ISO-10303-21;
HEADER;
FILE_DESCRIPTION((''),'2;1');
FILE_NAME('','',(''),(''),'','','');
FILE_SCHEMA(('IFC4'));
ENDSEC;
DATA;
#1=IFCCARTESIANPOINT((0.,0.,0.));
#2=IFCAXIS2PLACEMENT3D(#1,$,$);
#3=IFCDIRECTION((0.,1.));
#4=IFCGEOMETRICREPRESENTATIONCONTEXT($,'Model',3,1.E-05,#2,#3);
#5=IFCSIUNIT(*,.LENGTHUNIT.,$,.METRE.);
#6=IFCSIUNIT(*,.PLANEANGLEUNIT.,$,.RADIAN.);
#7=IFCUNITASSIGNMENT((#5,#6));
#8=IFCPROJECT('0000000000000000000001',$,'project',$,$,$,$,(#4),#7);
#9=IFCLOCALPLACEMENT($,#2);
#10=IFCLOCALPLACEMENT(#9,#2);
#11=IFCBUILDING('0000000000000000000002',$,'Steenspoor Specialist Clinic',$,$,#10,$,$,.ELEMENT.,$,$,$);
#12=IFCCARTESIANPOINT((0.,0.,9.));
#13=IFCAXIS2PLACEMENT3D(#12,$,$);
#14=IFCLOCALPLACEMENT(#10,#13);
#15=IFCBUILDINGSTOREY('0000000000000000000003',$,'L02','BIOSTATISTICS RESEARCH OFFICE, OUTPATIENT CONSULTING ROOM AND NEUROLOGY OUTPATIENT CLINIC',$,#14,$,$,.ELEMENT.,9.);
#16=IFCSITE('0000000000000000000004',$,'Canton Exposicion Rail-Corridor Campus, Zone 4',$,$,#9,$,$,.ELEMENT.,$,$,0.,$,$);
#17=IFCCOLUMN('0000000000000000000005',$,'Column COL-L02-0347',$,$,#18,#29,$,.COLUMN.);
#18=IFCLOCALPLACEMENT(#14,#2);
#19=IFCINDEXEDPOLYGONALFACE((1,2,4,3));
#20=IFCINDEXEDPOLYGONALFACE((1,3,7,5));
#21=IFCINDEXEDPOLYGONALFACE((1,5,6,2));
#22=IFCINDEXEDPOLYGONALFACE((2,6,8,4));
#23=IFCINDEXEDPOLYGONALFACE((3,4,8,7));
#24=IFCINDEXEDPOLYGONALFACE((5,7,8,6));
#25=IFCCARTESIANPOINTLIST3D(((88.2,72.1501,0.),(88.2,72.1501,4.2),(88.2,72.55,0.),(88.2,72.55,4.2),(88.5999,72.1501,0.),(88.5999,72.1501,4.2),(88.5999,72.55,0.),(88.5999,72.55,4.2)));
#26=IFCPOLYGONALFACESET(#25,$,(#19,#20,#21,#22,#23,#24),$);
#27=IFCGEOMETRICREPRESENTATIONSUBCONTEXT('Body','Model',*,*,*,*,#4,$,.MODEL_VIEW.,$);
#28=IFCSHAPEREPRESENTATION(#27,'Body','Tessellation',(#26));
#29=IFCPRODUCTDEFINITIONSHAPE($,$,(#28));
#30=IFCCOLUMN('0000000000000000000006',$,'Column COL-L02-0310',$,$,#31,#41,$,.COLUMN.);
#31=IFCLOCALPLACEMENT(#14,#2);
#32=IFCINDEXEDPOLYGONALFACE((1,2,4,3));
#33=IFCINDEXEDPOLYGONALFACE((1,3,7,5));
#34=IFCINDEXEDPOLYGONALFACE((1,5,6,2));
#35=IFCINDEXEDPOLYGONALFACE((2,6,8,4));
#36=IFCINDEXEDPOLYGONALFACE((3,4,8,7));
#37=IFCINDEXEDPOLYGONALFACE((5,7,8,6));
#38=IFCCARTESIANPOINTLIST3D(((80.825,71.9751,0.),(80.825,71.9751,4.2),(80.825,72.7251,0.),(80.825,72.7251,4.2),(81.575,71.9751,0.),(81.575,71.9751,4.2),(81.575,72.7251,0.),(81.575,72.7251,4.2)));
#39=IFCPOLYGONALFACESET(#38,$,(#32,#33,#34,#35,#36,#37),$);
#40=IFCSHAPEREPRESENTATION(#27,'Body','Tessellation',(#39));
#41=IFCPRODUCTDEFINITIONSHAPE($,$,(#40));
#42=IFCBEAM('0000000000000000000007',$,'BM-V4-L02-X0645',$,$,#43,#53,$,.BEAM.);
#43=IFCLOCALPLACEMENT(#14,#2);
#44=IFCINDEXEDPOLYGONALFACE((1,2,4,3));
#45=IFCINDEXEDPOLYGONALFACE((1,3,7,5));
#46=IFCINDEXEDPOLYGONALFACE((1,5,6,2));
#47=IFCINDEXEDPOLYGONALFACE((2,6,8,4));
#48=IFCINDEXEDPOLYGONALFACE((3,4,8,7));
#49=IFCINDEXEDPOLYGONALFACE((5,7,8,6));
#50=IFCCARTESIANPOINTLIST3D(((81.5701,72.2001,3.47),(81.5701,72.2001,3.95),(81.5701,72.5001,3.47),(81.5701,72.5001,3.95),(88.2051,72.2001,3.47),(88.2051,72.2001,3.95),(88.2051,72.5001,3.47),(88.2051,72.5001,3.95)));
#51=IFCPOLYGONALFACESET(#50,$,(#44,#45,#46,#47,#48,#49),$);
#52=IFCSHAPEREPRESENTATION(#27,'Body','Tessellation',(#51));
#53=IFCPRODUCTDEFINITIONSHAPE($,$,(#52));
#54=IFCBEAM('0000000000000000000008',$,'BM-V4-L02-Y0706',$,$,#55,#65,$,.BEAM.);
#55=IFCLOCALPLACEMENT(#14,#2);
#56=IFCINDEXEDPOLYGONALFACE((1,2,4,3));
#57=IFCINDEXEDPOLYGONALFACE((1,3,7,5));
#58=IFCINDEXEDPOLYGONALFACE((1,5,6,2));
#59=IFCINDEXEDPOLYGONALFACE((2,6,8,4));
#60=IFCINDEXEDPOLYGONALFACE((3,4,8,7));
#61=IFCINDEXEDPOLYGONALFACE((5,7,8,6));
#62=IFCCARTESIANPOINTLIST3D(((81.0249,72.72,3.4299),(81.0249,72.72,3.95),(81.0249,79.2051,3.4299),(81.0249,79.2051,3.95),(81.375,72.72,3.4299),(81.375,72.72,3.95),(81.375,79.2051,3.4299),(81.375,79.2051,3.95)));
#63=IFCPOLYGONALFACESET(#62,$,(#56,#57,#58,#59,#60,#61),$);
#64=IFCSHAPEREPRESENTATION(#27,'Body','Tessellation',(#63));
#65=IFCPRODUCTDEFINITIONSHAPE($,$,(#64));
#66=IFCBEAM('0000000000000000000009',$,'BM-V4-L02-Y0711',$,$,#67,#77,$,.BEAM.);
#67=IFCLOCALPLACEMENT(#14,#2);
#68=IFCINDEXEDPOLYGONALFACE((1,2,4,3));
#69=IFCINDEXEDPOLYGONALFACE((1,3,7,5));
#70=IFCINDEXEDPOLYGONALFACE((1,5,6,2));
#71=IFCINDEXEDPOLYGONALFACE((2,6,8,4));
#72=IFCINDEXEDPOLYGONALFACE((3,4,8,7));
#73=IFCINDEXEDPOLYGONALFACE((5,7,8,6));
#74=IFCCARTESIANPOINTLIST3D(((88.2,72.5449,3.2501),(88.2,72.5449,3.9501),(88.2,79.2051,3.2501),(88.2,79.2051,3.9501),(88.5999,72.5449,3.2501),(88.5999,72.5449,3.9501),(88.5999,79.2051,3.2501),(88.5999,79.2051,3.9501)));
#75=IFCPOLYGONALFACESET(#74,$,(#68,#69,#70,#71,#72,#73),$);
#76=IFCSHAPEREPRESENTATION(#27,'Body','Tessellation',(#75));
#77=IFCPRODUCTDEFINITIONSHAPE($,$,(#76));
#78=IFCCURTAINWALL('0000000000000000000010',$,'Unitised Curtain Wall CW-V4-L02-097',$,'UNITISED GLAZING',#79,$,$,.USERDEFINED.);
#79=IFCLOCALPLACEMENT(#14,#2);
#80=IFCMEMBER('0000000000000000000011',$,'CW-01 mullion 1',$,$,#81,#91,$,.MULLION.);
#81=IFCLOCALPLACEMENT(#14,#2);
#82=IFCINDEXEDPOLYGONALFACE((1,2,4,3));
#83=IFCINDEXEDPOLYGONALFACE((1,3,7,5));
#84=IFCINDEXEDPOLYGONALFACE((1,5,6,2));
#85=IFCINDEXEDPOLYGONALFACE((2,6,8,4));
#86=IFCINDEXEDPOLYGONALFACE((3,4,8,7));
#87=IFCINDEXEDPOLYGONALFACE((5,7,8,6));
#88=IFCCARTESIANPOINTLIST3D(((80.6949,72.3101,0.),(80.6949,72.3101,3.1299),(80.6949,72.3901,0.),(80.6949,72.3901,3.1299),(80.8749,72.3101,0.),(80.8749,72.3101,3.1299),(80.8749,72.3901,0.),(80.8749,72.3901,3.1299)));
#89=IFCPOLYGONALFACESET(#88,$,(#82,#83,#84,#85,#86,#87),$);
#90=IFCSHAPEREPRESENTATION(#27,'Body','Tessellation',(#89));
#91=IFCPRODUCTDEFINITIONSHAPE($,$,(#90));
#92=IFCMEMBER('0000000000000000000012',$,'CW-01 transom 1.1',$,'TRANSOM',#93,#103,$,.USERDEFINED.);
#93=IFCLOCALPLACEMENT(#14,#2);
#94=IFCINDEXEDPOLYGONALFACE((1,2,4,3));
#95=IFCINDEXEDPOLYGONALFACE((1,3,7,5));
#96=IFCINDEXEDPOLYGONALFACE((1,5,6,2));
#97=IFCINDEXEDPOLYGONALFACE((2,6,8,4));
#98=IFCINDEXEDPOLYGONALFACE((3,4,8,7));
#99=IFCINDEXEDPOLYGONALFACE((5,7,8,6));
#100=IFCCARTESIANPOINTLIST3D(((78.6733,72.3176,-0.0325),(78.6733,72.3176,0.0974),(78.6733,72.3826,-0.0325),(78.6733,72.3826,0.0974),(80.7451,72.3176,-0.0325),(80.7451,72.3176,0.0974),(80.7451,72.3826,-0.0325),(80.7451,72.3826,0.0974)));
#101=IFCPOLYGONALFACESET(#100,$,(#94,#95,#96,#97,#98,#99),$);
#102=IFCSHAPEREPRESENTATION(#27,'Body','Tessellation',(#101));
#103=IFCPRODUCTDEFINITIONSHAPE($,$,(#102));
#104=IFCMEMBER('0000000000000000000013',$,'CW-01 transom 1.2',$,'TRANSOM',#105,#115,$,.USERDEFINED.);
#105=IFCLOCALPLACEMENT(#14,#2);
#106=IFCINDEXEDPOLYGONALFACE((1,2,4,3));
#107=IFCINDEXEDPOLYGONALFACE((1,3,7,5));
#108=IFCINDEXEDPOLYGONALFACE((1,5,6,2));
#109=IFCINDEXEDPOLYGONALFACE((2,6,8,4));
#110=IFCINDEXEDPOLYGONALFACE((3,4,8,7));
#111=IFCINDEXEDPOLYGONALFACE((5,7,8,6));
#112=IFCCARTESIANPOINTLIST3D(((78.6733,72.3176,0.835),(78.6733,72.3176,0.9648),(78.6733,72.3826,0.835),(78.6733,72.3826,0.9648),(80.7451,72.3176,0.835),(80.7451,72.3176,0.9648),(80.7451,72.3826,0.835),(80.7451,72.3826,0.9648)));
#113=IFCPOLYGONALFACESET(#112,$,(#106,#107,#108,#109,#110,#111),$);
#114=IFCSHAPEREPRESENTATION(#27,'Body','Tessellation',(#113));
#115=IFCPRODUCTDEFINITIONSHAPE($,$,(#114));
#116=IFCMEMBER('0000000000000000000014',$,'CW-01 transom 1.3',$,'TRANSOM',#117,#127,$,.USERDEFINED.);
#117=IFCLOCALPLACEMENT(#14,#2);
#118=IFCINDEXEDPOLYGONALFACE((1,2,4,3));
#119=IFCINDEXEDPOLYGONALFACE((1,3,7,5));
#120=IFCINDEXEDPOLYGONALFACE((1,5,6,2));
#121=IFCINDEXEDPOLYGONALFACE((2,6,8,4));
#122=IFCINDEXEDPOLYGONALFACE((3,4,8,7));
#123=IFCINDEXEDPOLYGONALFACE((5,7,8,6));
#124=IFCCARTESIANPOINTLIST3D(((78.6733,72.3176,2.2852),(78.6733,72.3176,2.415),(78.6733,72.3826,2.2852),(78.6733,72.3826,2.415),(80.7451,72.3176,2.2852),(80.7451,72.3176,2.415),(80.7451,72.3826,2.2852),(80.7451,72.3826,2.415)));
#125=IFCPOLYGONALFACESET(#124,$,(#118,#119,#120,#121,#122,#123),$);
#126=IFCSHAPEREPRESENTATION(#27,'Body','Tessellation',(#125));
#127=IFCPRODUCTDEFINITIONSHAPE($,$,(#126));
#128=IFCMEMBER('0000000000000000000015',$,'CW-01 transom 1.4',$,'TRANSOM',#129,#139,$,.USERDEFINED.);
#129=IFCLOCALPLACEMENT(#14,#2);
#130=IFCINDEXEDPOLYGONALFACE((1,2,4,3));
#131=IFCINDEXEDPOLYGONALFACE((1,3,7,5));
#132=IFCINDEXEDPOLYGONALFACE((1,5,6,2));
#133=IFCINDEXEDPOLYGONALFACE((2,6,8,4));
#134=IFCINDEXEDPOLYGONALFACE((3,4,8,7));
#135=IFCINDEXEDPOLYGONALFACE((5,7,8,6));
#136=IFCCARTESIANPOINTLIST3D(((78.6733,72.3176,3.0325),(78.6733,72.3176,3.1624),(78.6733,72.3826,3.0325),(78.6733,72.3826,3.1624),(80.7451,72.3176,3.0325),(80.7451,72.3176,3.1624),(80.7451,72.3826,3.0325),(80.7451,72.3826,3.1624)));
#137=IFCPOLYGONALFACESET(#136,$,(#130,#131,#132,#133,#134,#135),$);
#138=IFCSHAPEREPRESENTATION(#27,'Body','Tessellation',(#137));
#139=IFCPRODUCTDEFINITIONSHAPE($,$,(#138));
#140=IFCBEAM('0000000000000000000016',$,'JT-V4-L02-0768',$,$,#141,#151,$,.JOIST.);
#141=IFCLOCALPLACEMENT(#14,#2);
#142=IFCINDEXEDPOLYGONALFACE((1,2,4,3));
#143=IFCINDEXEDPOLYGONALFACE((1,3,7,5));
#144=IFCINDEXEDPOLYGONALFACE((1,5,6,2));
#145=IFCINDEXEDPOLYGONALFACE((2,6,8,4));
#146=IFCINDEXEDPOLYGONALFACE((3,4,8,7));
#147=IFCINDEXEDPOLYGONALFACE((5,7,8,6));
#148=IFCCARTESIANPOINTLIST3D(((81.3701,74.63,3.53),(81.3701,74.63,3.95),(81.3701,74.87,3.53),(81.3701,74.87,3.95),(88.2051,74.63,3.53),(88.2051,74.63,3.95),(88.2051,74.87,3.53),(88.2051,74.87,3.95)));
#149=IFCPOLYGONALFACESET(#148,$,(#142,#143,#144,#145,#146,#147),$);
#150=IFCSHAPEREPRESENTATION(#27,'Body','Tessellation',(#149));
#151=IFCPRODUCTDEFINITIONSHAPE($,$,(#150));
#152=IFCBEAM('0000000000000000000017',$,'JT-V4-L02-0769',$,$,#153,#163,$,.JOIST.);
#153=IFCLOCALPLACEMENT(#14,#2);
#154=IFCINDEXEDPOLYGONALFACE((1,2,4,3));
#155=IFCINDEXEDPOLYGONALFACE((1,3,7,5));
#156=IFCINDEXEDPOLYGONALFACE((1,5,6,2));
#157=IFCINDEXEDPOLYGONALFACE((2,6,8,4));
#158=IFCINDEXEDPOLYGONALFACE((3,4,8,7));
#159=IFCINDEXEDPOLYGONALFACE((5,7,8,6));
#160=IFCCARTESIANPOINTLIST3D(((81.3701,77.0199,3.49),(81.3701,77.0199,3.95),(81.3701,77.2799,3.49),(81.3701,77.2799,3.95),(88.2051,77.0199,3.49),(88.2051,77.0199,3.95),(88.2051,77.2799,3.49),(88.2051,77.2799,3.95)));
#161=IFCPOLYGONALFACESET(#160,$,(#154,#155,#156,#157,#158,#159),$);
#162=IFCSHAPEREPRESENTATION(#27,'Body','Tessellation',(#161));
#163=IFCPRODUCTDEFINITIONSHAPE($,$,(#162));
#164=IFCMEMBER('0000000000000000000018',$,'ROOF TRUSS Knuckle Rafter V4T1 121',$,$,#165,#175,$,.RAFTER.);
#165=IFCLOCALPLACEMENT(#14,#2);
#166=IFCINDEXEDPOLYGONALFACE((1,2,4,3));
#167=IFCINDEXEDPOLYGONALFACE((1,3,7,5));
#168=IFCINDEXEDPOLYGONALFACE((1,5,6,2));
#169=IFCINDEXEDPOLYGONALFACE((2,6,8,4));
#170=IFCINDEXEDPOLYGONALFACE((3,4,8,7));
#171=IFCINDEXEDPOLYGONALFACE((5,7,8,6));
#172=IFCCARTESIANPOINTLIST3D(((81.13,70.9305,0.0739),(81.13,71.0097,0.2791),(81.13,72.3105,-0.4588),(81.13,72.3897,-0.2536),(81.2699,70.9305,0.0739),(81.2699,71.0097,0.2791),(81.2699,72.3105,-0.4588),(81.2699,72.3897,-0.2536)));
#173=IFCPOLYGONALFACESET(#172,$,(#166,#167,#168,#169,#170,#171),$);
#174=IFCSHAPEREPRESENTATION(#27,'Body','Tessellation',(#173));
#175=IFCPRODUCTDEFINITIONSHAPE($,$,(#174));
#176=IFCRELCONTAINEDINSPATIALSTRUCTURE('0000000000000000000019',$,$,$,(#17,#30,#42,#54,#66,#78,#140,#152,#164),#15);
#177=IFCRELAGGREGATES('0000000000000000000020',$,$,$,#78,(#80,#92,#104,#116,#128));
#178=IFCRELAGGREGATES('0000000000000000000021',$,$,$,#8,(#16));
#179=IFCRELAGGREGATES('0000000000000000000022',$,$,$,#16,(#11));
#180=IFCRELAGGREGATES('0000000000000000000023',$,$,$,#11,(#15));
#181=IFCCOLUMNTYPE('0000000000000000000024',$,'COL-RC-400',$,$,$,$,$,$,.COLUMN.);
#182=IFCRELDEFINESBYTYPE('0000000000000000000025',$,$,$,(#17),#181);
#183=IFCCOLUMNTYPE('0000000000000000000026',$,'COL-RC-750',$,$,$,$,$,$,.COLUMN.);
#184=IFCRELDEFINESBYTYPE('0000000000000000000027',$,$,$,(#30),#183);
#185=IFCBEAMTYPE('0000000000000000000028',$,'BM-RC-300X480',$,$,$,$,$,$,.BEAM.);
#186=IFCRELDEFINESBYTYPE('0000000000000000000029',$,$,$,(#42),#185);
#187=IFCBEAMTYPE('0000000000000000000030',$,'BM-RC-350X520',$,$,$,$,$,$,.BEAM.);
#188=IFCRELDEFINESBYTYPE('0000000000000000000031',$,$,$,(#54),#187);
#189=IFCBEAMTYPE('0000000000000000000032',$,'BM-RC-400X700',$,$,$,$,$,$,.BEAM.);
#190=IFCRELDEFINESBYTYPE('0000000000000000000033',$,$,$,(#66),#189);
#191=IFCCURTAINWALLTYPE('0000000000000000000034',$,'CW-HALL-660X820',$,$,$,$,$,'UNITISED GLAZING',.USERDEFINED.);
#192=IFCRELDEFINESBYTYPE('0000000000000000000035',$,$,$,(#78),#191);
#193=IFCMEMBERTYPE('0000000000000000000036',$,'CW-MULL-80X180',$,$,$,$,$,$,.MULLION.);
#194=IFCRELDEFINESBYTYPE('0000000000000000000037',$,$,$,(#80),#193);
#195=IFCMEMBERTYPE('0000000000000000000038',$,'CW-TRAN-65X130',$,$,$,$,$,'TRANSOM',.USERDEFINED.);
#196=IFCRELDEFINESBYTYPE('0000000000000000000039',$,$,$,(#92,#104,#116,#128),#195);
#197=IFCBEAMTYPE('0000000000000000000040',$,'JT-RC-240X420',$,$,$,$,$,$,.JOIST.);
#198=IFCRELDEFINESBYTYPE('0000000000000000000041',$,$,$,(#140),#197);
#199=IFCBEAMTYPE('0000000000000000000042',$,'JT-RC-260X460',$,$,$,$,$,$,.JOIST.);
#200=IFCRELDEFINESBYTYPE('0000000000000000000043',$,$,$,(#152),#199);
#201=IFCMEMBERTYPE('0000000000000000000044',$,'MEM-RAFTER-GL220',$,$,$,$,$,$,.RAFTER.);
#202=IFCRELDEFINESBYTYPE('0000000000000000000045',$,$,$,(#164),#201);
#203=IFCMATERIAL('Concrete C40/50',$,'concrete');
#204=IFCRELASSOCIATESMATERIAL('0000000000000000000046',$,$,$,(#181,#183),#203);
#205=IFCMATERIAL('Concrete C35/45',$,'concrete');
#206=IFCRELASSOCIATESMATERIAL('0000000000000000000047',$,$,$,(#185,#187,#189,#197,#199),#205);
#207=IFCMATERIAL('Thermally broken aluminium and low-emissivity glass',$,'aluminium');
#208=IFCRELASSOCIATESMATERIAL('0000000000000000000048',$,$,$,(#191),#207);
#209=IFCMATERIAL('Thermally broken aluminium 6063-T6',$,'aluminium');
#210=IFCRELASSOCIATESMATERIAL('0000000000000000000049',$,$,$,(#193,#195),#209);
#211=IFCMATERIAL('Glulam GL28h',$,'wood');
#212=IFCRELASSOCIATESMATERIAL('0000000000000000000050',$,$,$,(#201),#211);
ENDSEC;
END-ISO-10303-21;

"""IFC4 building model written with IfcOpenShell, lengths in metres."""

from ifc_helpers import new_model, si_unit, direction, frame, origin, origin_2d, place, context, subcontext, project, spatial, rectangle, extrude, material, material_profile, profile_set, type_object, element, aggregate, save


model = new_model("IFC4")

# Units and contexts
model_context = context("Model", 3, precision=1e-05, world=origin(), true_north=direction((0.0, 1.0)))
body_context = subcontext(model_context, "Body", "Model", "MODEL_VIEW")
ifc_project = project(units=[si_unit("LENGTHUNIT", "METRE"), si_unit("PLANEANGLEUNIT", "RADIAN")], contexts=[model_context])

# Site, building, storey
site_placement = place(None, origin())
site = spatial("IfcSite", under=ifc_project, at=site_placement, Name="Canton Exposicion Rail-Corridor Campus, Zone 4", CompositionType="ELEMENT", RefElevation=0.0)
building_placement = place(site_placement, origin())
building = spatial("IfcBuilding", under=site, at=building_placement, Name="Steenspoor Specialist Clinic", CompositionType="ELEMENT")
storey_placement = place(building_placement, frame((0.0, 0.0, 9.0)))
storey = spatial("IfcBuildingStorey", under=building, at=storey_placement, Name="L02", Description="BIOSTATISTICS RESEARCH OFFICE, OUTPATIENT CONSULTING ROOM AND NEUROLOGY OUTPATIENT CLINIC", CompositionType="ELEMENT", Elevation=9.0)

# Columns
ifc_material_1 = material(Name="Concrete C40/50", Category="concrete")
ifc_material_profile_1 = material_profile(ifc_material_1, rectangle(XDim=0.3999, YDim=0.3999, at=origin_2d()), Name="RC-COL-400X400")
ifc_profile_set_1 = profile_set([ifc_material_profile_1], Name="Concrete C40/50")
column_type_1 = type_object("IfcColumnType", Name="COL-RC-400", PredefinedType="COLUMN", material=ifc_profile_set_1)
column_1_placement = place(storey_placement, frame((88.3999, 72.3501, 0.0), z_axis=(0.0, 0.0, 1.0), x_axis=(1.0, 0.0, 0.0)))
element("IfcColumn", 1, at=column_1_placement, inside=storey, type_object=column_type_1, Name="Column COL-L02-0347", PredefinedType="COLUMN", context=body_context, shape_type="SweptSolid", body=[
    extrude(rectangle(XDim=0.3999, YDim=0.3999, at=origin_2d()), origin(), (0.0, 0.0, 1.0), 4.2),
])
ifc_material_profile_2 = material_profile(ifc_material_1, rectangle(XDim=0.75, YDim=0.75, at=origin_2d()), Name="RC-COL-750X750")
ifc_profile_set_2 = profile_set([ifc_material_profile_2], Name="Concrete C40/50")
column_type_2 = type_object("IfcColumnType", Name="COL-RC-750", PredefinedType="COLUMN", material=ifc_profile_set_2)
column_2_placement = place(storey_placement, frame((81.2, 72.3501, 0.0), z_axis=(0.0, 0.0, 1.0), x_axis=(1.0, 0.0, 0.0)))
element("IfcColumn", 2, at=column_2_placement, inside=storey, type_object=column_type_2, Name="Column COL-L02-0310", PredefinedType="COLUMN", context=body_context, shape_type="SweptSolid", body=[
    extrude(rectangle(XDim=0.75, YDim=0.75, at=origin_2d()), origin(), (0.0, 0.0, 1.0), 4.2),
])

# Beams
ifc_material_2 = material(Name="Concrete C35/45", Category="concrete")
ifc_material_profile_3 = material_profile(ifc_material_2, rectangle(XDim=0.3, YDim=0.48, at=origin_2d()), Name="RC-BM-300X480")
ifc_profile_set_3 = profile_set([ifc_material_profile_3], Name="Concrete C35/45")
beam_type_1 = type_object("IfcBeamType", Name="BM-RC-300X480", PredefinedType="BEAM", material=ifc_profile_set_3)
beam_1_placement = place(storey_placement, frame((81.5701, 72.3501, 3.71), z_axis=(1.0, 0.0, 0.0), x_axis=(0.0, 1.0, 0.0)))
element("IfcBeam", 3, at=beam_1_placement, inside=storey, type_object=beam_type_1, Name="BM-V4-L02-X0645", PredefinedType="BEAM", context=body_context, shape_type="SweptSolid", body=[
    extrude(rectangle(XDim=0.3, YDim=0.48, at=origin_2d()), origin(), (0.0, 0.0, 1.0), 6.635),
])
ifc_material_profile_4 = material_profile(ifc_material_2, rectangle(XDim=0.3501, YDim=0.52, at=origin_2d()), Name="RC-BM-350X520")
ifc_profile_set_4 = profile_set([ifc_material_profile_4], Name="Concrete C35/45")
beam_type_2 = type_object("IfcBeamType", Name="BM-RC-350X520", PredefinedType="BEAM", material=ifc_profile_set_4)
beam_2_placement = place(storey_placement, frame((81.2, 72.72, 3.6899), z_axis=(0.0, 1.0, 0.0), x_axis=(-1.0, 0.0, 0.0)))
element("IfcBeam", 4, at=beam_2_placement, inside=storey, type_object=beam_type_2, Name="BM-V4-L02-Y0706", PredefinedType="BEAM", context=body_context, shape_type="SweptSolid", body=[
    extrude(rectangle(XDim=0.3501, YDim=0.52, at=origin_2d()), origin(), (0.0, 0.0, 1.0), 6.4851),
])
ifc_material_profile_5 = material_profile(ifc_material_2, rectangle(XDim=0.3999, YDim=0.7, at=origin_2d()), Name="RC-BM-400X700")
ifc_profile_set_5 = profile_set([ifc_material_profile_5], Name="Concrete C35/45")
beam_type_3 = type_object("IfcBeamType", Name="BM-RC-400X700", PredefinedType="BEAM", material=ifc_profile_set_5)
beam_3_placement = place(storey_placement, frame((88.3999, 72.5449, 3.6001), z_axis=(0.0, 1.0, 0.0), x_axis=(-1.0, 0.0, 0.0)))
element("IfcBeam", 5, at=beam_3_placement, inside=storey, type_object=beam_type_3, Name="BM-V4-L02-Y0711", PredefinedType="BEAM", context=body_context, shape_type="SweptSolid", body=[
    extrude(rectangle(XDim=0.3999, YDim=0.7, at=origin_2d()), origin(), (0.0, 0.0, 1.0), 6.6602),
])

# Curtain wall, members
ifc_material_3 = material(Name="Thermally broken aluminium and low-emissivity glass", Category="aluminium")
curtain_wall_type = type_object("IfcCurtainWallType", Name="CW-HALL-660X820", ElementType="UNITISED GLAZING", PredefinedType="USERDEFINED", material=ifc_material_3)
curtain_wall_placement = place(storey_placement, origin())
curtain_wall = element("IfcCurtainWall", 6, at=curtain_wall_placement, inside=storey, type_object=curtain_wall_type, Name="Unitised Curtain Wall CW-V4-L02-097", ObjectType="UNITISED GLAZING", PredefinedType="USERDEFINED")
ifc_material_4 = material(Name="Thermally broken aluminium 6063-T6", Category="aluminium")
ifc_material_profile_6 = material_profile(ifc_material_4, rectangle(XDim=0.0801, YDim=0.1799, at=origin_2d()), Name="CWM-80X180")
ifc_profile_set_6 = profile_set([ifc_material_profile_6], Name="Thermally broken aluminium 6063-T6")
member_type_1 = type_object("IfcMemberType", Name="CW-MULL-80X180", PredefinedType="MULLION", material=ifc_profile_set_6)
member_1_placement = place(storey_placement, frame((80.7849, 72.3501, 0.0), z_axis=(0.0, 0.0, 1.0), x_axis=(0.0, -1.0, 0.0)))
member_1 = element("IfcMember", 7, at=member_1_placement, type_object=member_type_1, Name="CW-01 mullion 1", PredefinedType="MULLION", context=body_context, shape_type="SweptSolid", body=[
    extrude(rectangle(XDim=0.0801, YDim=0.1799, at=origin_2d()), origin(), (0.0, 0.0, 1.0), 3.1299),
])
ifc_material_profile_7 = material_profile(ifc_material_4, rectangle(XDim=0.0649, YDim=0.1299, at=origin_2d()), Name="CWT-65X130")
ifc_profile_set_7 = profile_set([ifc_material_profile_7], Name="Thermally broken aluminium 6063-T6")
member_type_2 = type_object("IfcMemberType", Name="CW-TRAN-65X130", ElementType="TRANSOM", PredefinedType="USERDEFINED", material=ifc_profile_set_7)
member_2_placement = place(storey_placement, frame((80.7451, 72.3501, 0.0325), z_axis=(-1.0, 0.0, 0.0), x_axis=(0.0, -1.0, 0.0)))
member_2 = element("IfcMember", 8, at=member_2_placement, type_object=member_type_2, Name="CW-01 transom 1.1", ObjectType="TRANSOM", PredefinedType="USERDEFINED", context=body_context, shape_type="SweptSolid", body=[
    extrude(rectangle(XDim=0.0649, YDim=0.1299, at=origin_2d()), origin(), (0.0, 0.0, 1.0), 2.0718),
])
member_3_placement = place(storey_placement, frame((80.7451, 72.3501, 0.8999), z_axis=(-1.0, 0.0, 0.0), x_axis=(0.0, -1.0, 0.0)))
member_3 = element("IfcMember", 9, at=member_3_placement, type_object=member_type_2, Name="CW-01 transom 1.2", ObjectType="TRANSOM", PredefinedType="USERDEFINED", context=body_context, shape_type="SweptSolid", body=[
    extrude(rectangle(XDim=0.0649, YDim=0.1299, at=origin_2d()), origin(), (0.0, 0.0, 1.0), 2.0718),
])
member_4_placement = place(storey_placement, frame((80.7451, 72.3501, 2.3501), z_axis=(-1.0, 0.0, 0.0), x_axis=(0.0, -1.0, 0.0)))
member_4 = element("IfcMember", 10, at=member_4_placement, type_object=member_type_2, Name="CW-01 transom 1.3", ObjectType="TRANSOM", PredefinedType="USERDEFINED", context=body_context, shape_type="SweptSolid", body=[
    extrude(rectangle(XDim=0.0649, YDim=0.1299, at=origin_2d()), origin(), (0.0, 0.0, 1.0), 2.0718),
])
member_5_placement = place(storey_placement, frame((80.7451, 72.3501, 3.0974), z_axis=(-1.0, 0.0, 0.0), x_axis=(0.0, -1.0, 0.0)))
member_5 = element("IfcMember", 11, at=member_5_placement, type_object=member_type_2, Name="CW-01 transom 1.4", ObjectType="TRANSOM", PredefinedType="USERDEFINED", context=body_context, shape_type="SweptSolid", body=[
    extrude(rectangle(XDim=0.0649, YDim=0.1299, at=origin_2d()), origin(), (0.0, 0.0, 1.0), 2.0718),
])

# Beams
ifc_material_profile_8 = material_profile(ifc_material_2, rectangle(XDim=0.24, YDim=0.4199, at=origin_2d()), Name="RC-JT-240X420")
ifc_profile_set_8 = profile_set([ifc_material_profile_8], Name="Concrete C35/45")
beam_type_4 = type_object("IfcBeamType", Name="JT-RC-240X420", PredefinedType="JOIST", material=ifc_profile_set_8)
beam_4_placement = place(storey_placement, frame((81.3701, 74.75, 3.74), z_axis=(1.0, 0.0, 0.0), x_axis=(0.0, 1.0, 0.0)))
element("IfcBeam", 12, at=beam_4_placement, inside=storey, type_object=beam_type_4, Name="JT-V4-L02-0768", PredefinedType="JOIST", context=body_context, shape_type="SweptSolid", body=[
    extrude(rectangle(XDim=0.24, YDim=0.4199, at=origin_2d()), origin(), (0.0, 0.0, 1.0), 6.835),
])
ifc_material_profile_9 = material_profile(ifc_material_2, rectangle(XDim=0.26, YDim=0.46, at=origin_2d()), Name="RC-JT-260X460")
ifc_profile_set_9 = profile_set([ifc_material_profile_9], Name="Concrete C35/45")
beam_type_5 = type_object("IfcBeamType", Name="JT-RC-260X460", PredefinedType="JOIST", material=ifc_profile_set_9)
beam_5_placement = place(storey_placement, frame((81.3701, 77.1499, 3.72), z_axis=(1.0, 0.0, 0.0), x_axis=(0.0, 1.0, 0.0)))
element("IfcBeam", 13, at=beam_5_placement, inside=storey, type_object=beam_type_5, Name="JT-V4-L02-0769", PredefinedType="JOIST", context=body_context, shape_type="SweptSolid", body=[
    extrude(rectangle(XDim=0.26, YDim=0.46, at=origin_2d()), origin(), (0.0, 0.0, 1.0), 6.835),
])

# Member
ifc_material_5 = material(Name="Glulam GL28h", Category="wood")
ifc_material_profile_10 = material_profile(ifc_material_5, rectangle(XDim=0.1399, YDim=0.22, at=origin_2d()), Name="GL28H-140X220")
ifc_profile_set_10 = profile_set([ifc_material_profile_10], Name="Glulam GL28h")
member_type_3 = type_object("IfcMemberType", Name="MEM-RAFTER-GL220", PredefinedType="RAFTER", material=ifc_profile_set_10)
for number, where, z_axis, x_axis, name in (
    (14, (81.2, 72.3501, -0.3562), (0.0, -0.932915, 0.360096), (1.0, 0.0, 0.0), "ROOF TRUSS Knuckle Rafter V4T1 121"),
):
    element("IfcMember", number, at=place(storey_placement, frame(where, z_axis=z_axis, x_axis=x_axis)), inside=storey, type_object=member_type_3, Name=name, PredefinedType="RAFTER", context=body_context, shape_type="SweptSolid", body=[
        extrude(rectangle(XDim=0.1399, YDim=0.22, at=origin_2d()), origin(), (0.0, 0.0, 1.0), 1.4792),
    ])

aggregate(curtain_wall, [member_1, member_2, member_3, member_4, member_5])

save(model, "model.ifc")
